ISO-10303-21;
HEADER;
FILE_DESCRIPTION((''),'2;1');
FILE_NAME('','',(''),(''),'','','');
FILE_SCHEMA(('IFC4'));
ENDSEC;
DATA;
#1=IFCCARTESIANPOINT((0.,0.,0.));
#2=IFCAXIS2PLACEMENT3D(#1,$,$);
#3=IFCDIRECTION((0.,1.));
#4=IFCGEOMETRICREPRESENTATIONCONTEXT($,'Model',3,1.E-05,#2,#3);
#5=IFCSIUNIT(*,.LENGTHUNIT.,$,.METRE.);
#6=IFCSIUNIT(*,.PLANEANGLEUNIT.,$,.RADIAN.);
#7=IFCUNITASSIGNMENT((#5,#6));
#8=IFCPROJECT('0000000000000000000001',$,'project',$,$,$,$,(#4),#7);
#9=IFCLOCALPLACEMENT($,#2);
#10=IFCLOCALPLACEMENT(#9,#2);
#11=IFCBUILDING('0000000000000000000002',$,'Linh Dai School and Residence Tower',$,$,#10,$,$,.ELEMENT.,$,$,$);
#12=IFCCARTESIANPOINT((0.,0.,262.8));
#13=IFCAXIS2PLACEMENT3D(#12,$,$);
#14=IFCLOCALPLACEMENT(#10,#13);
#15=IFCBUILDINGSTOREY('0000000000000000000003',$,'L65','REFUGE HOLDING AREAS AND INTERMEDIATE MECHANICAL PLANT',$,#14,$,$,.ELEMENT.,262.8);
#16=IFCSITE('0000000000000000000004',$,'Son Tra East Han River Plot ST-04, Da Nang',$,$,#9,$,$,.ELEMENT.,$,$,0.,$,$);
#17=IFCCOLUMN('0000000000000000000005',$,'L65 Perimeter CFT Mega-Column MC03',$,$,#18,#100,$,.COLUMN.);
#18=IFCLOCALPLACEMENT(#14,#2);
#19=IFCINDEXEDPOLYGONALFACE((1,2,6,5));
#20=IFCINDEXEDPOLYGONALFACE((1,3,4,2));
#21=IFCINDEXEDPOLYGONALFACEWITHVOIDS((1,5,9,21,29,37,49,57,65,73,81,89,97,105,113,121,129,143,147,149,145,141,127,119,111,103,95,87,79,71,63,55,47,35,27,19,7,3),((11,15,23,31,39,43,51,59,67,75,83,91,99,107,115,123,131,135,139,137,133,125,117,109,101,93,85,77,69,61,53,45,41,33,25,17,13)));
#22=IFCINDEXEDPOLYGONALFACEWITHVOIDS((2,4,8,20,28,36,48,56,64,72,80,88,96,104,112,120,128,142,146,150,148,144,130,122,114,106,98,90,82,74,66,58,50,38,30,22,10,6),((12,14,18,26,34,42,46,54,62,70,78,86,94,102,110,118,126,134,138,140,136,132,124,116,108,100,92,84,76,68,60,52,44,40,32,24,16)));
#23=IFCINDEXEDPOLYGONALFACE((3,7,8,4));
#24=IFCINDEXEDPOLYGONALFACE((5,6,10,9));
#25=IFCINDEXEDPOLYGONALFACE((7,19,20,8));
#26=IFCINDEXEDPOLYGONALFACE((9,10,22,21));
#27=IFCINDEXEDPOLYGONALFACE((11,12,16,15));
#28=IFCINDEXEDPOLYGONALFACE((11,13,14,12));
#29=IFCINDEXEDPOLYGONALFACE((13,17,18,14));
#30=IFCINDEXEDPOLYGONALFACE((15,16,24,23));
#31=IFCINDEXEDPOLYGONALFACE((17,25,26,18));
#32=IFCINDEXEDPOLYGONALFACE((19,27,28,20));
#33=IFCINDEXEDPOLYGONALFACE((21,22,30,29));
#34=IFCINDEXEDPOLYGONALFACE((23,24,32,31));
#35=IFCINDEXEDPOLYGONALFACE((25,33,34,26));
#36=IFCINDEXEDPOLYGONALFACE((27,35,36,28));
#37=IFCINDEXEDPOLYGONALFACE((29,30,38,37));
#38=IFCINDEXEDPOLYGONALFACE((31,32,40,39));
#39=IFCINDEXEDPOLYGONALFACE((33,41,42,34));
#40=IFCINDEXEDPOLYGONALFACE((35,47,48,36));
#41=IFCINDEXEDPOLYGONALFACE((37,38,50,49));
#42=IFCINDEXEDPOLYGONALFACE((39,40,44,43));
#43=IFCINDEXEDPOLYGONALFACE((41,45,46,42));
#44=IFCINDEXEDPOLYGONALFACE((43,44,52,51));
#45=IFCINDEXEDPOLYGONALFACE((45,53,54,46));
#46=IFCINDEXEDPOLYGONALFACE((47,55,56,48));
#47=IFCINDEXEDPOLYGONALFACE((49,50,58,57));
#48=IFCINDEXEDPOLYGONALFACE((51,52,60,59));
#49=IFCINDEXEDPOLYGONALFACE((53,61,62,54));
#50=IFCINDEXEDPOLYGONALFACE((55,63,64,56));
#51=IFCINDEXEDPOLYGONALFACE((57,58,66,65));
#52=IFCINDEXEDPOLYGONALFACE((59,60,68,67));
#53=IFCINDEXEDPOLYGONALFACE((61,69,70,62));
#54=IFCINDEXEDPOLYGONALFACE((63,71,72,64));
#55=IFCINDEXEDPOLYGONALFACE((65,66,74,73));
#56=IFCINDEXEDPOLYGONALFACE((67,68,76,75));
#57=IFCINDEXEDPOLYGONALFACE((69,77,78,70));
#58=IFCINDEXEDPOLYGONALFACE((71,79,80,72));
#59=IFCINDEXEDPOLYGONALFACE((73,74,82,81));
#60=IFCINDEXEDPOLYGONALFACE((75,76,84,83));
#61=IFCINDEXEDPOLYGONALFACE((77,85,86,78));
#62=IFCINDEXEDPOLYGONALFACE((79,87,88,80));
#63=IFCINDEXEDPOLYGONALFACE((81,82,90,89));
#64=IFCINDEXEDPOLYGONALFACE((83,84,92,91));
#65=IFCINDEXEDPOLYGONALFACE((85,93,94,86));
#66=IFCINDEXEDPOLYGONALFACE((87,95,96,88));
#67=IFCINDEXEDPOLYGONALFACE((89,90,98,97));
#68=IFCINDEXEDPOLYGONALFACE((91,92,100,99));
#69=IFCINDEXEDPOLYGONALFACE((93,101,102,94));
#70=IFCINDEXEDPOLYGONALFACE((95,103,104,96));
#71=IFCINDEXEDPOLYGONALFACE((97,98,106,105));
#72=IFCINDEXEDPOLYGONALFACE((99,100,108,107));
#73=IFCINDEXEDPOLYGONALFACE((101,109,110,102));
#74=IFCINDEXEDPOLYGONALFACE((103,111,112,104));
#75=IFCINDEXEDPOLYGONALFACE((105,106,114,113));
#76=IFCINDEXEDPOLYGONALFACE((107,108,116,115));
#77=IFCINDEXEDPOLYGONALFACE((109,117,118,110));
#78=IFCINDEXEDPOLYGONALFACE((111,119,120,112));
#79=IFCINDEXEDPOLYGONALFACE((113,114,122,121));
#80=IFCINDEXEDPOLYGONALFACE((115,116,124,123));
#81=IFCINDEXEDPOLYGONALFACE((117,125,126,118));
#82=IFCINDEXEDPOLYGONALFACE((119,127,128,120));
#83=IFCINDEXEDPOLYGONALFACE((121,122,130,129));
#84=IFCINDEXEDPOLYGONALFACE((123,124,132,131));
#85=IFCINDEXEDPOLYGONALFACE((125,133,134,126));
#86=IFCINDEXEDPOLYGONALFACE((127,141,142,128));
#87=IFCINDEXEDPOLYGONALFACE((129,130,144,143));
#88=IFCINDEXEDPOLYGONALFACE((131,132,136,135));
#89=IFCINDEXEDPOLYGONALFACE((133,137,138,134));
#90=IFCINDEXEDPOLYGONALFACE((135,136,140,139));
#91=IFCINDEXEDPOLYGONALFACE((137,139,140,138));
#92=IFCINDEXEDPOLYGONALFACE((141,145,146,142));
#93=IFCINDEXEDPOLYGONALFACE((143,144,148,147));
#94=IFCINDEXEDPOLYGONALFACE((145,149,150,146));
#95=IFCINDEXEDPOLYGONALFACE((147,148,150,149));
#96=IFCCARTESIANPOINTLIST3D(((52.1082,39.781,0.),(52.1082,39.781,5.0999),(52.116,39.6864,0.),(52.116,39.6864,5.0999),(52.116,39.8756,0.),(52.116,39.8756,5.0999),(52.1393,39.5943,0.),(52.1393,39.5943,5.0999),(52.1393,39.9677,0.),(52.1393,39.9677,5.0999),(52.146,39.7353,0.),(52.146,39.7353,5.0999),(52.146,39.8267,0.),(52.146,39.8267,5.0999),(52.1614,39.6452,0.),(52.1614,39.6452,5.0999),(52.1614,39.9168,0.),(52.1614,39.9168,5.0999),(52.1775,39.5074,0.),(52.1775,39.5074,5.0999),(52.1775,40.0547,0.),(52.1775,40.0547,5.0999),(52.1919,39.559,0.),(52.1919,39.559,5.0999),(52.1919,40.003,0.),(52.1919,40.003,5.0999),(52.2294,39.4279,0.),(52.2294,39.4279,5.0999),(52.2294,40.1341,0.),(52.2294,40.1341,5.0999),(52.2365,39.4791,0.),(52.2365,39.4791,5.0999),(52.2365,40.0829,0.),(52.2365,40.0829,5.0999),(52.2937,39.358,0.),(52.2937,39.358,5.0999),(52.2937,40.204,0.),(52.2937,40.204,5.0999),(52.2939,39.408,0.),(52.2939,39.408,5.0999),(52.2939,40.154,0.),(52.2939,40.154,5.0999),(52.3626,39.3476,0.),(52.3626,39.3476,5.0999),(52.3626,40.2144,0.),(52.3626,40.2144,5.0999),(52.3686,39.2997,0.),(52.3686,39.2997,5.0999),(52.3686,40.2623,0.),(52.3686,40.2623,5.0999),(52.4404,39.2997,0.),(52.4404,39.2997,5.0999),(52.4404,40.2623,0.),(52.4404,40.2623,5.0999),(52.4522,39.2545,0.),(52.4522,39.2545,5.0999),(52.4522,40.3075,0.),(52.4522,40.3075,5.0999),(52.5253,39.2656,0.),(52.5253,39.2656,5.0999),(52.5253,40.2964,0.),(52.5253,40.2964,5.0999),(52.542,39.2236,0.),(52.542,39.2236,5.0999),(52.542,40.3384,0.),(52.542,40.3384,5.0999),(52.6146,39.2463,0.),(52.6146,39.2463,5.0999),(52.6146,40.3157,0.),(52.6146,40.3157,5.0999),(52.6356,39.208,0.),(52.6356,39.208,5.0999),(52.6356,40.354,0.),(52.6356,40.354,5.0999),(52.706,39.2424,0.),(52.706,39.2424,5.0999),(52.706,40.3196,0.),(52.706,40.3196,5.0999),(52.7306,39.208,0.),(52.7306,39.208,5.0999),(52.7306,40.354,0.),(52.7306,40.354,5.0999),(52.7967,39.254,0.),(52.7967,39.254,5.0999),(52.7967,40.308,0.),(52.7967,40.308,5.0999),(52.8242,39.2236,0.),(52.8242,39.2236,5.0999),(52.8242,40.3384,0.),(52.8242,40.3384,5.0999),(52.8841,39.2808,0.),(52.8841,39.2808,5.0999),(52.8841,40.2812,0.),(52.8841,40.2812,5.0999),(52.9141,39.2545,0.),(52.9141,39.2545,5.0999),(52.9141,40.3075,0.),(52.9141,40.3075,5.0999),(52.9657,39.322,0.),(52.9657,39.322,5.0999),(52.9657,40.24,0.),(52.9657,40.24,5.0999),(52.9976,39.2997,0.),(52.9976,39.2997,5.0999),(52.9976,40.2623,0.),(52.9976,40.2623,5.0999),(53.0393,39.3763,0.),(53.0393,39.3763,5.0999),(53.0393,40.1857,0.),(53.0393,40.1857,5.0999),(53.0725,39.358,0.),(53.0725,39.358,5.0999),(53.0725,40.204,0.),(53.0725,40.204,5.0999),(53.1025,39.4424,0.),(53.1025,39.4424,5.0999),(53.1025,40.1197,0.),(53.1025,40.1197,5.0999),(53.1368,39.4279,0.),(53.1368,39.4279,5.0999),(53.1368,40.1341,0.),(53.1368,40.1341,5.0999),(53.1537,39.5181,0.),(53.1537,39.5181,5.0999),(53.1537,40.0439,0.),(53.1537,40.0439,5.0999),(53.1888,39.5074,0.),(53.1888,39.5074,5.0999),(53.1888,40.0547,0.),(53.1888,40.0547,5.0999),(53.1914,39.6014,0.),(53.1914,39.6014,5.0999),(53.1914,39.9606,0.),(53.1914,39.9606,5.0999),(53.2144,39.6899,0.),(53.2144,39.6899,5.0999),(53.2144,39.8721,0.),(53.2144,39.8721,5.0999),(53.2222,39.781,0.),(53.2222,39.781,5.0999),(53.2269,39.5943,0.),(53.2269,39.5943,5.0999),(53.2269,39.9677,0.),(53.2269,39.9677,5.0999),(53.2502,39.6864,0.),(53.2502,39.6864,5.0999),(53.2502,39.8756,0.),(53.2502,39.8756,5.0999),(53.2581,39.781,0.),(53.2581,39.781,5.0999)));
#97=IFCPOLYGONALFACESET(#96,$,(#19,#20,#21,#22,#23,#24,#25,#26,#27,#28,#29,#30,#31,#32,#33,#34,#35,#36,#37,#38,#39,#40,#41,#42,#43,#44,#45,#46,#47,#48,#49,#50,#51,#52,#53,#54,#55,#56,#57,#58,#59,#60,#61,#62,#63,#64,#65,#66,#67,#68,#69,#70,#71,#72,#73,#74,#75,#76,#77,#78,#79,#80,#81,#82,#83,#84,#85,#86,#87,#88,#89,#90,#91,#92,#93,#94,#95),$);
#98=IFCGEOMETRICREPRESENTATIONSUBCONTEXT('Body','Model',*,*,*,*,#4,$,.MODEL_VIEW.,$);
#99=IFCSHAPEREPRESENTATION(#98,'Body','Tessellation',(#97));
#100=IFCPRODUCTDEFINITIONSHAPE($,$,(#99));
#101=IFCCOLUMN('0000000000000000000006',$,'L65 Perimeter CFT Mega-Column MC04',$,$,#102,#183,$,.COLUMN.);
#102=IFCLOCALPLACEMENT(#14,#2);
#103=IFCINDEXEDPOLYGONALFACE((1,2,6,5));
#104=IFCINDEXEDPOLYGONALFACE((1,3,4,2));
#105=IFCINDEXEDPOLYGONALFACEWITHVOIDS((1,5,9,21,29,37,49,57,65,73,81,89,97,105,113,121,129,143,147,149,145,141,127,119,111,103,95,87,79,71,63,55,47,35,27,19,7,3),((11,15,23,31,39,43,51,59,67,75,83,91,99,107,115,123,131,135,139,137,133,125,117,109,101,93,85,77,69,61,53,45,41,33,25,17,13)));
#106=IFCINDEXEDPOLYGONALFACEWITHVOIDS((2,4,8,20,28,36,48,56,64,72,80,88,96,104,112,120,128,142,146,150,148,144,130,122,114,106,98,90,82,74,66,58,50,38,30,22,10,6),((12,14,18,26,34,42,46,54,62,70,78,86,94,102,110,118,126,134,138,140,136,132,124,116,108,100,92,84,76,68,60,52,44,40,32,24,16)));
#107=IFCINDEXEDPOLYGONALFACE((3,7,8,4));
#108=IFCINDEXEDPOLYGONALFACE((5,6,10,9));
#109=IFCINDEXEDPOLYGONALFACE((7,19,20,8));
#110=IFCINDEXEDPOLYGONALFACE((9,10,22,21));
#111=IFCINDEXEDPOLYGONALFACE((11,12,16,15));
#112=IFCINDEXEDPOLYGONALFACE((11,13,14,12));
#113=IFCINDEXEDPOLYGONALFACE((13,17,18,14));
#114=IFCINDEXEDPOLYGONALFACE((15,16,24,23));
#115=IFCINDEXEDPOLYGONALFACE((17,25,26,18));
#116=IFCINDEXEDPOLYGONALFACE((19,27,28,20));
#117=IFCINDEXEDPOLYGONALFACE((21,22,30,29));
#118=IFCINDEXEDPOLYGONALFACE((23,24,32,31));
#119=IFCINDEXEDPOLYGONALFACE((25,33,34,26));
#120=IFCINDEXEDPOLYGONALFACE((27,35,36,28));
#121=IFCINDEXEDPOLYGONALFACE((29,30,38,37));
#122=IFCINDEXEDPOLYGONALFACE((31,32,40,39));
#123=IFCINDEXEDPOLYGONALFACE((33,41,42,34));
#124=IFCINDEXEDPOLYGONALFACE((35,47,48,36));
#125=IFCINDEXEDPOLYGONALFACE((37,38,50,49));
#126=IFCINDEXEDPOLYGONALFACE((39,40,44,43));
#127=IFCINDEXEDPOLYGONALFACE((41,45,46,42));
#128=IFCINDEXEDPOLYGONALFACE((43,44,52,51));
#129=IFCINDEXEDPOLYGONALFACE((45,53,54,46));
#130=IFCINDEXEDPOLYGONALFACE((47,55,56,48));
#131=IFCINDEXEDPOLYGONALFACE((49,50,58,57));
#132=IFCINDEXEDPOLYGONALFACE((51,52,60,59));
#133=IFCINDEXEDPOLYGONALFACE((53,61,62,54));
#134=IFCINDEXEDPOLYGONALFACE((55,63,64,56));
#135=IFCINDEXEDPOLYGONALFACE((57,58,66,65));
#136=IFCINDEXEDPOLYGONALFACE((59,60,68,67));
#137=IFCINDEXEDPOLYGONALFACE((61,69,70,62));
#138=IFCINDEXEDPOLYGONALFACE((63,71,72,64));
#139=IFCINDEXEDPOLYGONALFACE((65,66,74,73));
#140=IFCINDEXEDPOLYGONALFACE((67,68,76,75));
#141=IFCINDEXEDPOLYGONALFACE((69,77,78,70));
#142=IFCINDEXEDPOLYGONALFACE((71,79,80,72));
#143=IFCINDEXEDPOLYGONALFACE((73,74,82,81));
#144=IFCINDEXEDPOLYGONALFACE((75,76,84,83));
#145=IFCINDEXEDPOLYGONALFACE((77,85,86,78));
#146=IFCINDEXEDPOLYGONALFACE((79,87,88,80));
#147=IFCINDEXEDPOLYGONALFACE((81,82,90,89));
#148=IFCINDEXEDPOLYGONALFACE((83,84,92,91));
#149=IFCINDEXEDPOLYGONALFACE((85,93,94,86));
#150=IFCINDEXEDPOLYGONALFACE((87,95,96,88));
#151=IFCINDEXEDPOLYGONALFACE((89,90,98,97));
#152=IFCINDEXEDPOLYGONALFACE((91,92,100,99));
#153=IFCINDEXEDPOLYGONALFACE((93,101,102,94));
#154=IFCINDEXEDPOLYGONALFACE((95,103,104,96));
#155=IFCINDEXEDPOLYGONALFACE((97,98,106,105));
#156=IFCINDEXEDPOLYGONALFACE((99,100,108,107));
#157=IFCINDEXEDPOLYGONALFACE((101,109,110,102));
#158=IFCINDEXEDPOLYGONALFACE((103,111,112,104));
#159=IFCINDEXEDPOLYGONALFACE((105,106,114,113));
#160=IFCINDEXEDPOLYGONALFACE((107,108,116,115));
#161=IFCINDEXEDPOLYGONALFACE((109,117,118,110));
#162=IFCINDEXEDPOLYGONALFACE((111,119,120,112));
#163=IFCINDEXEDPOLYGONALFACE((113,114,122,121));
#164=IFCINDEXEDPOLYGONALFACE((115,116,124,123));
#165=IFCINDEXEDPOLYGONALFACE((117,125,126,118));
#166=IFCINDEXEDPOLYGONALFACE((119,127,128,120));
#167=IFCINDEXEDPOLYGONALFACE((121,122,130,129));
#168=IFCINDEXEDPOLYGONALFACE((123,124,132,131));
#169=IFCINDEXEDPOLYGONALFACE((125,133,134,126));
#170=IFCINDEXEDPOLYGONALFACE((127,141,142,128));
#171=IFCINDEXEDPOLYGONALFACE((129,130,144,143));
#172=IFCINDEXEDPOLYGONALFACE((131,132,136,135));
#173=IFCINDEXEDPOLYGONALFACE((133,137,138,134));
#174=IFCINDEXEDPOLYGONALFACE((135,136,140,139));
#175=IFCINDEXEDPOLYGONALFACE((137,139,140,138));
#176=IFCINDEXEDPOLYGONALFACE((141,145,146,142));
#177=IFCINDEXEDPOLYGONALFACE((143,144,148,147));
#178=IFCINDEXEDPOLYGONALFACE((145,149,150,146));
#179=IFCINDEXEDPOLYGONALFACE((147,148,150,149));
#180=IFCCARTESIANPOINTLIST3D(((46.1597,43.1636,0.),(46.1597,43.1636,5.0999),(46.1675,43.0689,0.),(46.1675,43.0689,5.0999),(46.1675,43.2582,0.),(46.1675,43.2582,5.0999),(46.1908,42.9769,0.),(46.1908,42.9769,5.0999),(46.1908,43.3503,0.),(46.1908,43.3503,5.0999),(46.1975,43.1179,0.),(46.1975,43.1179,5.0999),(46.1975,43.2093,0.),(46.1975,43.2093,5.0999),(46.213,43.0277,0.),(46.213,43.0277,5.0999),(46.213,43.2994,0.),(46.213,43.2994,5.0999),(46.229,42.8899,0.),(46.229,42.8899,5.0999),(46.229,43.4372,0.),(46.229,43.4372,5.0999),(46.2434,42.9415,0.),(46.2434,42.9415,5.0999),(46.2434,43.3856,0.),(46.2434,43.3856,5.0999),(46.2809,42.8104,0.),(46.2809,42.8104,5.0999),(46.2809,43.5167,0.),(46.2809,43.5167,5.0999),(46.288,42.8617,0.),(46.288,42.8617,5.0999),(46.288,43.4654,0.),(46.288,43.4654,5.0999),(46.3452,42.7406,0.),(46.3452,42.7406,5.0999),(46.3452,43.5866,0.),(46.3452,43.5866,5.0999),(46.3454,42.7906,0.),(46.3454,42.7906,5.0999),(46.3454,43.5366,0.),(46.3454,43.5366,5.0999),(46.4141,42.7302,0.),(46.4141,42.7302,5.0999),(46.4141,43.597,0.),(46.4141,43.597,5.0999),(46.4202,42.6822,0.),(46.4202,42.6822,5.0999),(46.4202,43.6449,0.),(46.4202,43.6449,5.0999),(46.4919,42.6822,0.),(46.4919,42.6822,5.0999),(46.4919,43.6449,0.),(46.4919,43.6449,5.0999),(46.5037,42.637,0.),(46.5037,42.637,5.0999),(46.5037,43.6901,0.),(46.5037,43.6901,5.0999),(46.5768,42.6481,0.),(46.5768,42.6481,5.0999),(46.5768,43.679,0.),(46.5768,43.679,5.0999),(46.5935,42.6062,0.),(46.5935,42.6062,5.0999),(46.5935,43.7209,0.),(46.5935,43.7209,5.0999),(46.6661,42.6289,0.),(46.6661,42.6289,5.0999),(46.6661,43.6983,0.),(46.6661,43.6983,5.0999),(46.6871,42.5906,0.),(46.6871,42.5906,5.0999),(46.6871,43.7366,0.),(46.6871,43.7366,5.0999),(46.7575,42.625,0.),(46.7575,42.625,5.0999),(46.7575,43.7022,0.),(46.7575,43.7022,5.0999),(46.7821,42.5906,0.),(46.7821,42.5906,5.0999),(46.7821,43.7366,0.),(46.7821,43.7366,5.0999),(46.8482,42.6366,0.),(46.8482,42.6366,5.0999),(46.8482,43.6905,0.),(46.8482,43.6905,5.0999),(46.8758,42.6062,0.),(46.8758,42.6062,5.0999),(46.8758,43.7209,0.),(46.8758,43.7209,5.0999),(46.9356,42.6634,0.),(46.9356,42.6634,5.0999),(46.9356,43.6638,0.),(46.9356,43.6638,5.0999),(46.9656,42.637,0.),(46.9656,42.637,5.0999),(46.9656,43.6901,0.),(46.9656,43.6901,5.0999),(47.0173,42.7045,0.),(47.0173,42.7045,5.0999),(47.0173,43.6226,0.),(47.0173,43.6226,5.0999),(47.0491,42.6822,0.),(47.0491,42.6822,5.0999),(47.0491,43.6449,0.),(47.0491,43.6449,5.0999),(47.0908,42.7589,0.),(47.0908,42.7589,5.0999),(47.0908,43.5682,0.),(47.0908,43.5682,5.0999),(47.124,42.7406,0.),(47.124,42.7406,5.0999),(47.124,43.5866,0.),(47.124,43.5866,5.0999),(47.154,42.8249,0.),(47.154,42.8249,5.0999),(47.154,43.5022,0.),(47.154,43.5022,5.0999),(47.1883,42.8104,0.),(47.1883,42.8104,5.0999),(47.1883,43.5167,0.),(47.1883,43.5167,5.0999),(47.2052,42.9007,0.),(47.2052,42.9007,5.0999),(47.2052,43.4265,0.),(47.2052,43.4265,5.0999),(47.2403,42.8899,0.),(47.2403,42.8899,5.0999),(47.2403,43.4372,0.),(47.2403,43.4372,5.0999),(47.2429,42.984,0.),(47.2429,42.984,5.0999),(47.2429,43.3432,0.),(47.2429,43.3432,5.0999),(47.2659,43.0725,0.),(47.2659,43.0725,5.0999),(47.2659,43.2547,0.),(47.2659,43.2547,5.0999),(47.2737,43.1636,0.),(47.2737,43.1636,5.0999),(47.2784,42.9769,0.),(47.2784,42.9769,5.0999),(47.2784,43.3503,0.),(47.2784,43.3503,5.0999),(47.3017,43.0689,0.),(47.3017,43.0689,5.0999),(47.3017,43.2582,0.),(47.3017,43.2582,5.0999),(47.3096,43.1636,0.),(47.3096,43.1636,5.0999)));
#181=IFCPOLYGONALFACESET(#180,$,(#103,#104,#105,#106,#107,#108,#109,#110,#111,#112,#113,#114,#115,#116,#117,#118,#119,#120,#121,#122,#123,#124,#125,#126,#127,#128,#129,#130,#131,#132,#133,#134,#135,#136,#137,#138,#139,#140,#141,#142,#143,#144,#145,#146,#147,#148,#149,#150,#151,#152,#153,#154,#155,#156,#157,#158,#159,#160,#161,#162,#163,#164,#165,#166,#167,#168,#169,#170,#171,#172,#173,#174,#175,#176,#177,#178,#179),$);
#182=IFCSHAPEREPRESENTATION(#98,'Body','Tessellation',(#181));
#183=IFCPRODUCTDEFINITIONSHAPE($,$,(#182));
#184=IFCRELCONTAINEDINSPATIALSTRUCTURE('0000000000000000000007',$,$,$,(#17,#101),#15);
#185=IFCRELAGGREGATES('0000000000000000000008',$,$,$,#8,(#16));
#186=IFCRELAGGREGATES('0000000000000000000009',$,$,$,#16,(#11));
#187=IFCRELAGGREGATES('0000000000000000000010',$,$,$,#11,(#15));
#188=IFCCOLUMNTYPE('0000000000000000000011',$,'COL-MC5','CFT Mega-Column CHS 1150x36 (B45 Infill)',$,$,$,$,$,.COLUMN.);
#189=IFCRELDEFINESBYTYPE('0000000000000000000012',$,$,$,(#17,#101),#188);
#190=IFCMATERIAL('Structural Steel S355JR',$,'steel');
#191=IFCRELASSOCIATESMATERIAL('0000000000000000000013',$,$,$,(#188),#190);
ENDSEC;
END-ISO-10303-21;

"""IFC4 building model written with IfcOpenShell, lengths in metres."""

from ifc_helpers import new_model, si_unit, direction, frame, origin, origin_2d, place, context, subcontext, project, spatial, hollow_circle, extrude, material, material_profile, profile_set, type_object, element, save


model = new_model("IFC4")

# Units and contexts
model_context = context("Model", 3, precision=1e-05, world=origin(), true_north=direction((0.0, 1.0)))
body_context = subcontext(model_context, "Body", "Model", "MODEL_VIEW")
ifc_project = project(units=[si_unit("LENGTHUNIT", "METRE"), si_unit("PLANEANGLEUNIT", "RADIAN")], contexts=[model_context])

# Site, building, storey
site_placement = place(None, origin())
site = spatial("IfcSite", under=ifc_project, at=site_placement, Name="Son Tra East Han River Plot ST-04, Da Nang", CompositionType="ELEMENT", RefElevation=0.0)
building_placement = place(site_placement, origin())
building = spatial("IfcBuilding", under=site, at=building_placement, Name="Linh Dai School and Residence Tower", CompositionType="ELEMENT")
storey_placement = place(building_placement, frame((0.0, 0.0, 262.8)))
storey = spatial("IfcBuildingStorey", under=building, at=storey_placement, Name="L65", Description="REFUGE HOLDING AREAS AND INTERMEDIATE MECHANICAL PLANT", CompositionType="ELEMENT", Elevation=262.8)

# Columns
ifc_material_1 = material(Name="Structural Steel S355JR", Category="steel")
ifc_material_profile_1 = material_profile(ifc_material_1, hollow_circle(Radius=0.575, WallThickness=0.0359, at=origin_2d()), Name="CHS 1150x36")
ifc_profile_set_1 = profile_set([ifc_material_profile_1], Name="Structural Steel S355JR")
column_type_1 = type_object("IfcColumnType", Name="COL-MC5", Description="CFT Mega-Column CHS 1150x36 (B45 Infill)", PredefinedType="COLUMN", material=ifc_profile_set_1)
for number, where, z_axis, x_axis, name in (
    (1, (52.6831, 39.781, 0.0), (0.0, 0.0, 1.0), (1.0, 0.0, 0.0), "L65 Perimeter CFT Mega-Column MC03"),
    (2, (46.7346, 43.1636, 0.0), (0.0, 0.0, 1.0), (1.0, 0.0, 0.0), "L65 Perimeter CFT Mega-Column MC04"),
):
    element("IfcColumn", number, at=place(storey_placement, frame(where, z_axis=z_axis, x_axis=x_axis)), inside=storey, type_object=column_type_1, Name=name, PredefinedType="COLUMN", context=body_context, shape_type="SweptSolid", body=[
        extrude(hollow_circle(Radius=0.575, WallThickness=0.0359, at=origin_2d()), origin(), (0.0, 0.0, 1.0), 5.0999),
    ])

save(model, "model.ifc")
